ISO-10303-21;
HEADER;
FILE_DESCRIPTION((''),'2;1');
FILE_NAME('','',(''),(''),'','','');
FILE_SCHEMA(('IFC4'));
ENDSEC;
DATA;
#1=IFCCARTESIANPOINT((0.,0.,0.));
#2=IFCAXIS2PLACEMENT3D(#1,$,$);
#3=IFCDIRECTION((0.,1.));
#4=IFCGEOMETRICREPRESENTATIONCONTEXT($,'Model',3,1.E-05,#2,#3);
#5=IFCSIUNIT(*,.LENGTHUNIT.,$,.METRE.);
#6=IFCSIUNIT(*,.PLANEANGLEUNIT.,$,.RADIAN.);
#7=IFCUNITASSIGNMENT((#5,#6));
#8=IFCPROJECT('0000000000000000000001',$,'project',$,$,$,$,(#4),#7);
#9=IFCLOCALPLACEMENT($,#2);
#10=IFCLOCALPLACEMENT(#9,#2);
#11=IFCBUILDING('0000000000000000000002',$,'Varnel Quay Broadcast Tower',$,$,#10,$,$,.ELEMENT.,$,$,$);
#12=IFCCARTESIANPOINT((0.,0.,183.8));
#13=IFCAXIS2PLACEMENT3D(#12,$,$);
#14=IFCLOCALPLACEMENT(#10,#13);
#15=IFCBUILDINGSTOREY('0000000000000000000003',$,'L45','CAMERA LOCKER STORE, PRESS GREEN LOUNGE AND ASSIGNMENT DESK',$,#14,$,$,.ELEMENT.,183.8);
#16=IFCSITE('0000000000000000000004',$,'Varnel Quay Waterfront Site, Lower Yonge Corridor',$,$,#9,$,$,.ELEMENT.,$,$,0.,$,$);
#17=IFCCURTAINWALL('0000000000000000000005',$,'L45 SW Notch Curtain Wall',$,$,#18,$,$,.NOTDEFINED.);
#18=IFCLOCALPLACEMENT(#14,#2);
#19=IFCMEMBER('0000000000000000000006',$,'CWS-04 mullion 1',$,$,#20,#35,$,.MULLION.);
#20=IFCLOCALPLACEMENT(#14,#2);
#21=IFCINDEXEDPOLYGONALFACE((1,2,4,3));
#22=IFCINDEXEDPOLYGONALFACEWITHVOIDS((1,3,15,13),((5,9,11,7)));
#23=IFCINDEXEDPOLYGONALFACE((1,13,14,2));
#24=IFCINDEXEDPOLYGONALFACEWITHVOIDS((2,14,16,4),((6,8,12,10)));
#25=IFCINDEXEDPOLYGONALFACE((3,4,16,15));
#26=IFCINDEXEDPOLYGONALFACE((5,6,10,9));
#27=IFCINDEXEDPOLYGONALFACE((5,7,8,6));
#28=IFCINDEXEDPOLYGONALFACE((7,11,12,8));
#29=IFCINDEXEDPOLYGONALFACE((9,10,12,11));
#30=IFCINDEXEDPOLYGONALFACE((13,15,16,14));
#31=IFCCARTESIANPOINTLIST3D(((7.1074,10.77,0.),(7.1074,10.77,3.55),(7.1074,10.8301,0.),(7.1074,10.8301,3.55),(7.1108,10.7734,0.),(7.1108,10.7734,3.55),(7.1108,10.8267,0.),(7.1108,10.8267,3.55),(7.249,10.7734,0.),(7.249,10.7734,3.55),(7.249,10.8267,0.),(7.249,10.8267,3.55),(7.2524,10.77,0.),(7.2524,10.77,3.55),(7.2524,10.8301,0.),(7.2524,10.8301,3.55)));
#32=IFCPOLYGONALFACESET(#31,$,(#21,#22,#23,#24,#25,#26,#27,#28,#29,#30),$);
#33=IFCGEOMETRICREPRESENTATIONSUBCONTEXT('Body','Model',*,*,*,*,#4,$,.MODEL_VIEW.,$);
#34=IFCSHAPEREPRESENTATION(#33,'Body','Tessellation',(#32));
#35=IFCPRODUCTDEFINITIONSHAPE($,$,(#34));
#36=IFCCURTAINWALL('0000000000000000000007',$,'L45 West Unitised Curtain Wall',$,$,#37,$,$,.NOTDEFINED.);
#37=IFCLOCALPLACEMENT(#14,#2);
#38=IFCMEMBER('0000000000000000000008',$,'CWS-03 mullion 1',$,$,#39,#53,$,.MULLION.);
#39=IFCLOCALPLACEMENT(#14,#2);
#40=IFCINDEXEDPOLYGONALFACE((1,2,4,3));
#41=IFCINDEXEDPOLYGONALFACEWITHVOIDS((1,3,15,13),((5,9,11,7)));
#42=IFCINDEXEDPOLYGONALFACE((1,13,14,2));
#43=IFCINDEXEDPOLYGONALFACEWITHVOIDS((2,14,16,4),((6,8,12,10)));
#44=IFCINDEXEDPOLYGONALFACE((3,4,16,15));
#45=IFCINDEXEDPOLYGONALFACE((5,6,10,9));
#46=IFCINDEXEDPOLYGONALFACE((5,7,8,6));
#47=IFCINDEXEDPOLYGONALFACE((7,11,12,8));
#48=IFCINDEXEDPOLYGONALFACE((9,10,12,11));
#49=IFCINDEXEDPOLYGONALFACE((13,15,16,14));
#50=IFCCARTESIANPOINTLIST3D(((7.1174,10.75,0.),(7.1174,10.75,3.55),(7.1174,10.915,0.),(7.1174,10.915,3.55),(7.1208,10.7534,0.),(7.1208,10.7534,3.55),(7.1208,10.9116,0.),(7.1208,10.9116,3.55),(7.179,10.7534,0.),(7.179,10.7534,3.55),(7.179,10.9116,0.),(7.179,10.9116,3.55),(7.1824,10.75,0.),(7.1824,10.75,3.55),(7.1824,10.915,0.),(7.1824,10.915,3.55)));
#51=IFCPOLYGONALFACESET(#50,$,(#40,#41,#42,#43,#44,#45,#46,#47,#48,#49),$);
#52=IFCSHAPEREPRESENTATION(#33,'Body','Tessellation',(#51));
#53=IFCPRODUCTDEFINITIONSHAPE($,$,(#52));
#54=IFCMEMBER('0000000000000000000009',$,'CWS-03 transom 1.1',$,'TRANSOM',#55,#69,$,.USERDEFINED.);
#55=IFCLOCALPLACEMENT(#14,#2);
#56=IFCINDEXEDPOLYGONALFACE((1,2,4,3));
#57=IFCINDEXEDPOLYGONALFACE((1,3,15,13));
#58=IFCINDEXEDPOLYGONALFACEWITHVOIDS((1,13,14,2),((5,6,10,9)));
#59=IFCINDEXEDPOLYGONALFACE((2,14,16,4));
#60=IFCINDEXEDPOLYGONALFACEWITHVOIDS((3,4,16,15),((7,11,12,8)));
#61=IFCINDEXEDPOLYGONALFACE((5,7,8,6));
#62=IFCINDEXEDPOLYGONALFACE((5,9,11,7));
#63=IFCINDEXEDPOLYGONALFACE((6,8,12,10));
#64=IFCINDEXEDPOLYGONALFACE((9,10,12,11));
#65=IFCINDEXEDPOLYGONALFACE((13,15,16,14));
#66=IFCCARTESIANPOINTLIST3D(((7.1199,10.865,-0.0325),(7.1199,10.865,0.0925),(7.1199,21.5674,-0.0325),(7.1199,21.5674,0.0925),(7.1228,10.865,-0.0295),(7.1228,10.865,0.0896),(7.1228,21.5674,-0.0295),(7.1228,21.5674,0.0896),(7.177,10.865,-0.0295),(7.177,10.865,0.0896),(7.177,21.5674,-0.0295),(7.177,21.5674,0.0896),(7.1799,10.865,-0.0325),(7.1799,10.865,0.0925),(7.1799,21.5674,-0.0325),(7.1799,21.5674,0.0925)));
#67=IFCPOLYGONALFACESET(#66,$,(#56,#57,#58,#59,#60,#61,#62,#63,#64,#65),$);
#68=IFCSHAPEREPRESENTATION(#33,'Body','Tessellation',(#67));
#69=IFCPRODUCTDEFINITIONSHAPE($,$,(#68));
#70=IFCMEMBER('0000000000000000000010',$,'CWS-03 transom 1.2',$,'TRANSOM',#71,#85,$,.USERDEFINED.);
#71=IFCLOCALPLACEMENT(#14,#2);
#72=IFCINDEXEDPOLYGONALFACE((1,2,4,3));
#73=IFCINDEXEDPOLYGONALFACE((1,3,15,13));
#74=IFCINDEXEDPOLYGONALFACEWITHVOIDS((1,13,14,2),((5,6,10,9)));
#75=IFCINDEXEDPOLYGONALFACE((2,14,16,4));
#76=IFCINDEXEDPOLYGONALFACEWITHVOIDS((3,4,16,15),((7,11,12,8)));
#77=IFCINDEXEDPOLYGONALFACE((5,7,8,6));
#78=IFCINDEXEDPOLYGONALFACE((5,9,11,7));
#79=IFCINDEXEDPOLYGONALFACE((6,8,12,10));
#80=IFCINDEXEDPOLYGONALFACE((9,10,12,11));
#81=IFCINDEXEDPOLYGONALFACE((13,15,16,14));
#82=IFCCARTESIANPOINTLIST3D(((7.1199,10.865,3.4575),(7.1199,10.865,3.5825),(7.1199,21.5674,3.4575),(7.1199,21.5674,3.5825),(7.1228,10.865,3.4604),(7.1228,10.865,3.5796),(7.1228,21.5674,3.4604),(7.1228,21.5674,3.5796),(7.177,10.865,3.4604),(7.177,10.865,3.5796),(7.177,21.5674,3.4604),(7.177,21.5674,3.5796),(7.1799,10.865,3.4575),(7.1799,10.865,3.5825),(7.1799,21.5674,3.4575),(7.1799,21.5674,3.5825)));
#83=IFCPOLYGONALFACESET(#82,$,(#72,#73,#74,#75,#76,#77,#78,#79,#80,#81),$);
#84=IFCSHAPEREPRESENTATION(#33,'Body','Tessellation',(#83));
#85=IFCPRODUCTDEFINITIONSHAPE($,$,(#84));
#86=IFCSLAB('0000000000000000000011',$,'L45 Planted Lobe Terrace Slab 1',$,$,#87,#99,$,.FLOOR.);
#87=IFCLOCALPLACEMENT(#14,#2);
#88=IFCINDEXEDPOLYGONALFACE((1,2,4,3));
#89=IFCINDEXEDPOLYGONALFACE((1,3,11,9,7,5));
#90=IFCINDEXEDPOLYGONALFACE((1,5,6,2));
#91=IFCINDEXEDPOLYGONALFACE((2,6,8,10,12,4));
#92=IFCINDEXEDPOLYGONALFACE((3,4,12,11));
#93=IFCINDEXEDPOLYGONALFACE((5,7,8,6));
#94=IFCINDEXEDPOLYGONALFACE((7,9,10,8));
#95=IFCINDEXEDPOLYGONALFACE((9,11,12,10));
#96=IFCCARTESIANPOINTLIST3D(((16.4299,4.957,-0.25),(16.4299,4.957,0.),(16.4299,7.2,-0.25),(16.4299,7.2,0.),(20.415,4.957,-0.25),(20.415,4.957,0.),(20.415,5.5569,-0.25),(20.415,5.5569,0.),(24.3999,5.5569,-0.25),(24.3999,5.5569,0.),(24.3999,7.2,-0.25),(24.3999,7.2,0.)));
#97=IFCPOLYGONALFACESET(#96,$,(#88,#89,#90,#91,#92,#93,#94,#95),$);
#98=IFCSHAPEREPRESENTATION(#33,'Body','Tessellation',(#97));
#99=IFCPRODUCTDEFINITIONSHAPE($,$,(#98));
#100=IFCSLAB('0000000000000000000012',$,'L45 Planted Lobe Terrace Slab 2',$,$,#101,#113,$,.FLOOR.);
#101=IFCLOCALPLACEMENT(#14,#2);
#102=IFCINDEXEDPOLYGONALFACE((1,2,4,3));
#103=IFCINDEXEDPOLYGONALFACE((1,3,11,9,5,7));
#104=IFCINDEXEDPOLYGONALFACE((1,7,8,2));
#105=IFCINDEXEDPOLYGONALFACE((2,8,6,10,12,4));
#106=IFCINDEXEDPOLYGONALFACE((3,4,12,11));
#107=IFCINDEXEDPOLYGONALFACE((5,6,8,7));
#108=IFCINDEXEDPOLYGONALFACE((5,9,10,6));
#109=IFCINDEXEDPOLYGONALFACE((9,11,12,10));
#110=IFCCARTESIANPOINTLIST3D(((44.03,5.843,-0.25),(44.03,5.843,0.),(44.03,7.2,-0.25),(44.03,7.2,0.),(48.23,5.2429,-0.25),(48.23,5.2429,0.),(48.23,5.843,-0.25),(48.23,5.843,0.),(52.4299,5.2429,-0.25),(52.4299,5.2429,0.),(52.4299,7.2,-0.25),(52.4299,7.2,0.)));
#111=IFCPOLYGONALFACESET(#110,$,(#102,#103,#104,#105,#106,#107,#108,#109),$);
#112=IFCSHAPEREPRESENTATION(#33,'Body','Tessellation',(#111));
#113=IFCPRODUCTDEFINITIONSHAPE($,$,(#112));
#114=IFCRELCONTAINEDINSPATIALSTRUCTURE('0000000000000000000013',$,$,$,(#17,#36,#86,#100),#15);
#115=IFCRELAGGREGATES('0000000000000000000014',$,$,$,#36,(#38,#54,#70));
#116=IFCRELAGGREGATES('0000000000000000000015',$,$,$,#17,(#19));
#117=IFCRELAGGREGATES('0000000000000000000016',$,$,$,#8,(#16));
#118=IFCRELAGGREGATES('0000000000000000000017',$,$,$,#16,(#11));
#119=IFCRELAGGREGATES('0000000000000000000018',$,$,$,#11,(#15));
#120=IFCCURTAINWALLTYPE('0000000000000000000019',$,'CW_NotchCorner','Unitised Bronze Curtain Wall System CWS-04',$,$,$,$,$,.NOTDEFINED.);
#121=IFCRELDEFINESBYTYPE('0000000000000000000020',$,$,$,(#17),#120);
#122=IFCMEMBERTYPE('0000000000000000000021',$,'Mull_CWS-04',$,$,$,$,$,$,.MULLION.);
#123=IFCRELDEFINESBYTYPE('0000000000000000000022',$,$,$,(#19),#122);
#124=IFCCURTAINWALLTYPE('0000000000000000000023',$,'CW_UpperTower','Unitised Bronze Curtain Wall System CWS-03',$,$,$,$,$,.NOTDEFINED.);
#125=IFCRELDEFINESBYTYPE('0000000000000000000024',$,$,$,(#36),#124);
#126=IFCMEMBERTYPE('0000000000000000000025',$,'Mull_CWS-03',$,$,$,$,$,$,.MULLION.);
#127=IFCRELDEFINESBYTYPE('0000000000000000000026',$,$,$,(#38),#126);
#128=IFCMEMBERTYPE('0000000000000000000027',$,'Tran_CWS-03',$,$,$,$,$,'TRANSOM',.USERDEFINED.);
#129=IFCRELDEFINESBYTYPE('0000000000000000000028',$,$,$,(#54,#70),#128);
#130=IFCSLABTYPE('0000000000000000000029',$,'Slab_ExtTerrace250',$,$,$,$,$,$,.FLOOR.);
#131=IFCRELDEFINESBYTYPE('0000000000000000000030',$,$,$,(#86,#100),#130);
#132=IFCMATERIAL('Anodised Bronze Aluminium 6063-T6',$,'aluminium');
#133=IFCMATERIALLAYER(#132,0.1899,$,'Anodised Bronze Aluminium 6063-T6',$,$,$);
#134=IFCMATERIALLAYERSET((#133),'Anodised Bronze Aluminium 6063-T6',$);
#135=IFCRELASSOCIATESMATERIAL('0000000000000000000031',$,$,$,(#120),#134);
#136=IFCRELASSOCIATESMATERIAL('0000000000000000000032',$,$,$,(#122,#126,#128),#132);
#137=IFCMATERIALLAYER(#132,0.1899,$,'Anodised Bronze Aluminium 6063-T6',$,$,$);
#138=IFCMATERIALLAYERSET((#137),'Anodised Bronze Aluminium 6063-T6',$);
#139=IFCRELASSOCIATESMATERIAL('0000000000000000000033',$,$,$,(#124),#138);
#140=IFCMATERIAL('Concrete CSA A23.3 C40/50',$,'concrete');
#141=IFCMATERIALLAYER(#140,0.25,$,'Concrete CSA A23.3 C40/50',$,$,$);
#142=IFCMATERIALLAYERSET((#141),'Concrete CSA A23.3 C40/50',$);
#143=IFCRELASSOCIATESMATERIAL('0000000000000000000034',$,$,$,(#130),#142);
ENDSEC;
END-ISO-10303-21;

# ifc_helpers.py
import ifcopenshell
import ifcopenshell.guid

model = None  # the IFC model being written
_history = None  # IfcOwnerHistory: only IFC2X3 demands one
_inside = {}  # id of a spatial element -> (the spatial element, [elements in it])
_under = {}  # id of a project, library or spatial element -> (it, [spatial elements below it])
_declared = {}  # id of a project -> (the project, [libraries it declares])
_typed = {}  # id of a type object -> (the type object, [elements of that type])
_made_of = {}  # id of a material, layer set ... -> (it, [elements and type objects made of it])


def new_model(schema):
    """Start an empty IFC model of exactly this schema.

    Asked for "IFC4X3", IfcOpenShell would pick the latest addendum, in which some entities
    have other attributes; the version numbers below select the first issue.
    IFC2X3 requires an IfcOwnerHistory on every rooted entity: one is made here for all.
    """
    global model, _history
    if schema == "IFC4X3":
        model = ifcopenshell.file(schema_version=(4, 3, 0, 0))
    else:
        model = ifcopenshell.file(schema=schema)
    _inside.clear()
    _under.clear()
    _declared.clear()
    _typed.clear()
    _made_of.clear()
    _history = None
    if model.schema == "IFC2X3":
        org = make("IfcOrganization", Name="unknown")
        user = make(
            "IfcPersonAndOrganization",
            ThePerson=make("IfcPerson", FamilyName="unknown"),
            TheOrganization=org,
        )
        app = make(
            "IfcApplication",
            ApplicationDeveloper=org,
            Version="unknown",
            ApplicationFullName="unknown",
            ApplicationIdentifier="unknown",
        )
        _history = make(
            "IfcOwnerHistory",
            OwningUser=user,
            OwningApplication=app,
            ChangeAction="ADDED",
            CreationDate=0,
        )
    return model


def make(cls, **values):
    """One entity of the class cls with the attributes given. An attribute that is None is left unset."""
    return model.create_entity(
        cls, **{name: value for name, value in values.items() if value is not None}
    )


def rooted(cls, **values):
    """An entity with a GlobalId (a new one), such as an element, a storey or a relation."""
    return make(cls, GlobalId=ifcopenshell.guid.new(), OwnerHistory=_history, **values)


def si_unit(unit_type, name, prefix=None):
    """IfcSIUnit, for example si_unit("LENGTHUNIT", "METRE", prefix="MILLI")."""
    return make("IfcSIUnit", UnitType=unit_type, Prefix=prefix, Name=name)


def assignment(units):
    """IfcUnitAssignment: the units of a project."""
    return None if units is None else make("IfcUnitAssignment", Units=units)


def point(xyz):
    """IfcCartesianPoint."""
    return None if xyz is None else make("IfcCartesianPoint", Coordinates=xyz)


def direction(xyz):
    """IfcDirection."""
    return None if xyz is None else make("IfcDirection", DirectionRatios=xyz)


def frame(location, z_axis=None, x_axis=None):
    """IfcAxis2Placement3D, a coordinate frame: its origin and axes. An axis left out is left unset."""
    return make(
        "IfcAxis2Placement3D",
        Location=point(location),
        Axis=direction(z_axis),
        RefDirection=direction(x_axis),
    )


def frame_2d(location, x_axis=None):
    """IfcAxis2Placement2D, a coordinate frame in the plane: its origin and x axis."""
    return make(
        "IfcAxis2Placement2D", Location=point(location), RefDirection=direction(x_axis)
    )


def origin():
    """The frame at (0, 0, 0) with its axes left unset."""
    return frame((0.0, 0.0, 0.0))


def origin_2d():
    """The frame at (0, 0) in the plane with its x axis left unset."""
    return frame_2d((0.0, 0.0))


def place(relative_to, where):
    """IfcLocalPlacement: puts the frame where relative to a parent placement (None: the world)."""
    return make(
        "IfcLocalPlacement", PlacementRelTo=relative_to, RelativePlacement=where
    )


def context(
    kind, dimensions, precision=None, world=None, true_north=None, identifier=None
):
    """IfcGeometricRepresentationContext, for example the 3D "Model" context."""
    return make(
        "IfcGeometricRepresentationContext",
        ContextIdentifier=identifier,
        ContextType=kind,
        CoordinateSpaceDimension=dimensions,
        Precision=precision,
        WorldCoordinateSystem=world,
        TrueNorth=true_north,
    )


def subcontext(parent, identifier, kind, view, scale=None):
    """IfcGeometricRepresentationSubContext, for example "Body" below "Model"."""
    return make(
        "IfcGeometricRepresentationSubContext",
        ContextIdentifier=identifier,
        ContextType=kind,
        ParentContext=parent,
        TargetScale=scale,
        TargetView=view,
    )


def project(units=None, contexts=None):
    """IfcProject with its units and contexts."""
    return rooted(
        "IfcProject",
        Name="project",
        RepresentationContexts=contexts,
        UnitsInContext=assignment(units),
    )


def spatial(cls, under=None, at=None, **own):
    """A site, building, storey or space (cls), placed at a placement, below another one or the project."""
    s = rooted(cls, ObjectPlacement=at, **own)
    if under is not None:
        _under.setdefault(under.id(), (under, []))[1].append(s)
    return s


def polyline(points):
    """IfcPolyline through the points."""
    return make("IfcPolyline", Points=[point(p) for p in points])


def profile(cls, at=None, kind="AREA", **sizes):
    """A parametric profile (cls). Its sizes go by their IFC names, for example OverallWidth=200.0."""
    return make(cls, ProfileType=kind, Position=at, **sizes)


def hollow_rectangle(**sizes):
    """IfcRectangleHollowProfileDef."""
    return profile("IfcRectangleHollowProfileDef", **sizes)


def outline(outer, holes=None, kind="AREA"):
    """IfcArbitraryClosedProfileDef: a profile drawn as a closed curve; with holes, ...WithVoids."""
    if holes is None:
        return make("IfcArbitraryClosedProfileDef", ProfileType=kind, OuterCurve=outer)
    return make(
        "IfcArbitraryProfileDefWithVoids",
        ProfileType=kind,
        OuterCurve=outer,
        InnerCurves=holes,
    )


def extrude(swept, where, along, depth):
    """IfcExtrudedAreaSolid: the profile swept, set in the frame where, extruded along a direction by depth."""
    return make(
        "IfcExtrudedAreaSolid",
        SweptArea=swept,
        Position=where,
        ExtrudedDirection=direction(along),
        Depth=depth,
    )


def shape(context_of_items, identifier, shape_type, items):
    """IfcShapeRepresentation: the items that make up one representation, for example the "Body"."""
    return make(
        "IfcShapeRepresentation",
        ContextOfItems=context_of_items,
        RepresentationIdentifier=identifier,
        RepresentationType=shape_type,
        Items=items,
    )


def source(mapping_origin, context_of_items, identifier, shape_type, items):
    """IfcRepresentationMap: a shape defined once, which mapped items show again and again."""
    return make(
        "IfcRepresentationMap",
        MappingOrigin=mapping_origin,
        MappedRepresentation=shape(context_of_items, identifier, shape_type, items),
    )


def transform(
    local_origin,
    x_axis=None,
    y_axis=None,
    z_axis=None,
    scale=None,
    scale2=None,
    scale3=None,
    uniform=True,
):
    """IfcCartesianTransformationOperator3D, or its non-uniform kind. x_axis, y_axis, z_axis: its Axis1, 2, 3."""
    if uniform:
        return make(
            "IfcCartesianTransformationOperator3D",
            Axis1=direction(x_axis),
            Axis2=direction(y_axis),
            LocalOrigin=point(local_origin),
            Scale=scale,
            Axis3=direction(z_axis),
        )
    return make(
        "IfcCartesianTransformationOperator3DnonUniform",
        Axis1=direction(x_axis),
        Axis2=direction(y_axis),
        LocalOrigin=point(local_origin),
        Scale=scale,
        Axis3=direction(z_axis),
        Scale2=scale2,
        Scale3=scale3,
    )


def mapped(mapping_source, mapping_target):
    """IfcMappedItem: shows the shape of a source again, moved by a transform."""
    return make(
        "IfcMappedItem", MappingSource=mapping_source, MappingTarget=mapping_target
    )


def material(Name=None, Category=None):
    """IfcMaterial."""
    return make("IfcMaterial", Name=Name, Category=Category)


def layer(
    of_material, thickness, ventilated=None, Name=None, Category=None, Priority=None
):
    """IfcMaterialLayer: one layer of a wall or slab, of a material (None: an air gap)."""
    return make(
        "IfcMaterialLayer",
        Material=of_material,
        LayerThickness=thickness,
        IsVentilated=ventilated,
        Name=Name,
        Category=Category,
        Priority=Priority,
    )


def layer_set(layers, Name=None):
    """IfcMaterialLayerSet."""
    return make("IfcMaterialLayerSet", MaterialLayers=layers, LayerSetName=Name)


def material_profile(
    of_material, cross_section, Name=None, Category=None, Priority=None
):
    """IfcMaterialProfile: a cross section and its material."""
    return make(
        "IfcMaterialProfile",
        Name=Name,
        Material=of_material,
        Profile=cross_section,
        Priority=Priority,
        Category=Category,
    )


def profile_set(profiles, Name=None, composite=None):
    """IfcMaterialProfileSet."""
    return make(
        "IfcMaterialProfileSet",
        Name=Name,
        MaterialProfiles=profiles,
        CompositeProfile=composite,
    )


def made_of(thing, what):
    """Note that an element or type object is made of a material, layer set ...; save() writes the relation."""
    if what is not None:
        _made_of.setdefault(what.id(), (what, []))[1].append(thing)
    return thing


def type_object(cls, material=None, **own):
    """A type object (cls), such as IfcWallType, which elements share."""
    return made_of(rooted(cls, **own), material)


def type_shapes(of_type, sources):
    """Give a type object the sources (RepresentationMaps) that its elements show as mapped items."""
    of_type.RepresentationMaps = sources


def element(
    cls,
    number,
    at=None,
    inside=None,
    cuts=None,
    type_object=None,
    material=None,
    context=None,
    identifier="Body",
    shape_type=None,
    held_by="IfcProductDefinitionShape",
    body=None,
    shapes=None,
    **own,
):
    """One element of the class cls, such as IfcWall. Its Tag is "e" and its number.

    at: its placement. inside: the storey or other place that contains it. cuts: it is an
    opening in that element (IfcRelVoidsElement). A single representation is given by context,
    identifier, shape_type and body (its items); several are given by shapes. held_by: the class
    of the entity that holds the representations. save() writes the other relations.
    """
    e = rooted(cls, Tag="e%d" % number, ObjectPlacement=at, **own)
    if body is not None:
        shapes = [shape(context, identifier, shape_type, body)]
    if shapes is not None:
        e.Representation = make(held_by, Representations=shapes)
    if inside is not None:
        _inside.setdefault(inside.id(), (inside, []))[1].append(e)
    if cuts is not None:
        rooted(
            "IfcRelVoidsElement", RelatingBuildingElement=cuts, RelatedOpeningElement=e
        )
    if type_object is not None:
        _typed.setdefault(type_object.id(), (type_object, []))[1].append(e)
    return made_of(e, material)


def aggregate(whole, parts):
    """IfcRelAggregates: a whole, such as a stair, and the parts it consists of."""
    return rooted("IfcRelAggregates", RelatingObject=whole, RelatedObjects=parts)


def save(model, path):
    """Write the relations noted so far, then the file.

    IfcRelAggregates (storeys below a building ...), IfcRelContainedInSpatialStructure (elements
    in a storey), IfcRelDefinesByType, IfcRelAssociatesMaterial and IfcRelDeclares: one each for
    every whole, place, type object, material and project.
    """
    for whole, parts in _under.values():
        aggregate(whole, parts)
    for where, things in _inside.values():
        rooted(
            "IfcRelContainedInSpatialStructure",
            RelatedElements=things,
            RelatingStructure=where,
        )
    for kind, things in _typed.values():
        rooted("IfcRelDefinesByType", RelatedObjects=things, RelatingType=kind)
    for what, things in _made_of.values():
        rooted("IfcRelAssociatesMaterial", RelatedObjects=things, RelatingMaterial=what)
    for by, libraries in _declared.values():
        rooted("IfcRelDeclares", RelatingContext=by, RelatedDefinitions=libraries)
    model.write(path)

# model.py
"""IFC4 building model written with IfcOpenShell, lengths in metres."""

from ifc_helpers import new_model, si_unit, direction, frame, origin, origin_2d, place, context, subcontext, project, spatial, polyline, hollow_rectangle, outline, extrude, source, transform, mapped, material, layer, layer_set, material_profile, profile_set, type_object, type_shapes, element, aggregate, save


model = new_model("IFC4")

# Units and contexts
model_context = context("Model", 3, precision=1e-05, world=origin(), true_north=direction((0.0, 1.0)))
body_context = subcontext(model_context, "Body", "Model", "MODEL_VIEW")
ifc_project = project(units=[si_unit("LENGTHUNIT", "METRE"), si_unit("PLANEANGLEUNIT", "RADIAN")], contexts=[model_context])

# Site, building, storey
site_placement = place(None, origin())
site = spatial("IfcSite", under=ifc_project, at=site_placement, Name="Varnel Quay Waterfront Site, Lower Yonge Corridor", CompositionType="ELEMENT", RefElevation=0.0)
building_placement = place(site_placement, origin())
building = spatial("IfcBuilding", under=site, at=building_placement, Name="Varnel Quay Broadcast Tower", CompositionType="ELEMENT")
storey_placement = place(building_placement, frame((0.0, 0.0, 183.8)))
storey = spatial("IfcBuildingStorey", under=building, at=storey_placement, Name="L45", Description="CAMERA LOCKER STORE, PRESS GREEN LOUNGE AND ASSIGNMENT DESK", CompositionType="ELEMENT", Elevation=183.8)

# Curtain walls, members
ifc_material_1 = material(Name="Anodised Bronze Aluminium 6063-T6", Category="aluminium")
ifc_layer_1 = layer(ifc_material_1, 0.1899, Name="Anodised Bronze Aluminium 6063-T6")
ifc_layer_set_1 = layer_set([ifc_layer_1], Name="Anodised Bronze Aluminium 6063-T6")
curtain_wall_type_1 = type_object("IfcCurtainWallType", Name="CW_NotchCorner", Description="Unitised Bronze Curtain Wall System CWS-04", PredefinedType="NOTDEFINED", material=ifc_layer_set_1)
curtain_wall_1_placement = place(storey_placement, origin())
curtain_wall_1 = element("IfcCurtainWall", 1, at=curtain_wall_1_placement, inside=storey, type_object=curtain_wall_type_1, Name="L45 SW Notch Curtain Wall", PredefinedType="NOTDEFINED")
ifc_material_profile_1 = material_profile(ifc_material_1, hollow_rectangle(XDim=0.0601, YDim=0.145, WallThickness=0.0034, at=origin_2d()), Name="ALU60X145X3.5")
ifc_profile_set_1 = profile_set([ifc_material_profile_1], Name="Anodised Bronze Aluminium 6063-T6")
member_type_1 = type_object("IfcMemberType", Name="Mull_CWS-04", PredefinedType="MULLION", material=ifc_profile_set_1)
shared_shape_1 = source(origin(), body_context, "Body", "SweptSolid", [
    extrude(hollow_rectangle(XDim=0.0601, YDim=0.145, WallThickness=0.0034, at=origin_2d()), origin(), (0.0, 0.0, 1.0), 3.55),
])
type_shapes(member_type_1, [shared_shape_1])
member_1_placement = place(storey_placement, frame((7.1799, 10.8, 0.0), z_axis=(0.0, 0.0, 1.0), x_axis=(0.0, 1.0, 0.0)))
member_1 = element("IfcMember", 2, at=member_1_placement, type_object=member_type_1, Name="CWS-04 mullion 1", PredefinedType="MULLION", context=body_context, shape_type="MappedRepresentation", body=[
    mapped(shared_shape_1, transform((0.0, 0.0, 0.0), x_axis=(1.0, 0.0, 0.0), y_axis=(0.0, 1.0, 0.0), z_axis=(0.0, 0.0, 1.0), scale=1.0)),
])
ifc_layer_2 = layer(ifc_material_1, 0.1899, Name="Anodised Bronze Aluminium 6063-T6")
ifc_layer_set_2 = layer_set([ifc_layer_2], Name="Anodised Bronze Aluminium 6063-T6")
curtain_wall_type_2 = type_object("IfcCurtainWallType", Name="CW_UpperTower", Description="Unitised Bronze Curtain Wall System CWS-03", PredefinedType="NOTDEFINED", material=ifc_layer_set_2)
curtain_wall_2_placement = place(storey_placement, origin())
curtain_wall_2 = element("IfcCurtainWall", 3, at=curtain_wall_2_placement, inside=storey, type_object=curtain_wall_type_2, Name="L45 West Unitised Curtain Wall", PredefinedType="NOTDEFINED")
ifc_material_profile_2 = material_profile(ifc_material_1, hollow_rectangle(XDim=0.0649, YDim=0.165, WallThickness=0.0034, at=origin_2d()), Name="ALU65X165X3.5")
ifc_profile_set_2 = profile_set([ifc_material_profile_2], Name="Anodised Bronze Aluminium 6063-T6")
member_type_2 = type_object("IfcMemberType", Name="Mull_CWS-03", PredefinedType="MULLION", material=ifc_profile_set_2)
shared_shape_2 = source(origin(), body_context, "Body", "SweptSolid", [
    extrude(hollow_rectangle(XDim=0.0649, YDim=0.165, WallThickness=0.0034, at=origin_2d()), origin(), (0.0, 0.0, 1.0), 3.55),
])
type_shapes(member_type_2, [shared_shape_2])
member_2_placement = place(storey_placement, frame((7.1499, 10.8325, 0.0), z_axis=(0.0, 0.0, 1.0), x_axis=(-1.0, 0.0, 0.0)))
member_2 = element("IfcMember", 4, at=member_2_placement, type_object=member_type_2, Name="CWS-03 mullion 1", PredefinedType="MULLION", context=body_context, shape_type="MappedRepresentation", body=[
    mapped(shared_shape_2, transform((0.0, 0.0, 0.0), x_axis=(1.0, 0.0, 0.0), y_axis=(0.0, 1.0, 0.0), z_axis=(0.0, 0.0, 1.0), scale=1.0)),
])
ifc_material_profile_3 = material_profile(ifc_material_1, hollow_rectangle(XDim=0.0601, YDim=0.125, WallThickness=0.0029, at=origin_2d()), Name="ALU60X125X3")
ifc_profile_set_3 = profile_set([ifc_material_profile_3], Name="Anodised Bronze Aluminium 6063-T6")
member_type_3 = type_object("IfcMemberType", Name="Tran_CWS-03", ElementType="TRANSOM", PredefinedType="USERDEFINED", material=ifc_profile_set_3)
shared_shape_3 = source(origin(), body_context, "Body", "SweptSolid", [
    extrude(hollow_rectangle(XDim=0.0601, YDim=0.125, WallThickness=0.0029, at=origin_2d()), origin(), (0.0, 0.0, 1.0), 10.7024),
])
type_shapes(member_type_3, [shared_shape_3])
member_3_placement = place(storey_placement, frame((7.1499, 10.865, 0.03), z_axis=(0.0, 1.0, 0.0), x_axis=(-1.0, 0.0, 0.0)))
member_3 = element("IfcMember", 5, at=member_3_placement, type_object=member_type_3, Name="CWS-03 transom 1.1", ObjectType="TRANSOM", PredefinedType="USERDEFINED", context=body_context, shape_type="MappedRepresentation", body=[
    mapped(shared_shape_3, transform((0.0, 0.0, 0.0), x_axis=(1.0, 0.0, 0.0), y_axis=(0.0, 1.0, 0.0), z_axis=(0.0, 0.0, 1.0), scale=1.0)),
])
member_4_placement = place(storey_placement, frame((7.1499, 10.865, 3.52), z_axis=(0.0, 1.0, 0.0), x_axis=(-1.0, 0.0, 0.0)))
member_4 = element("IfcMember", 6, at=member_4_placement, type_object=member_type_3, Name="CWS-03 transom 1.2", ObjectType="TRANSOM", PredefinedType="USERDEFINED", context=body_context, shape_type="MappedRepresentation", body=[
    mapped(shared_shape_3, transform((0.0, 0.0, 0.0), x_axis=(1.0, 0.0, 0.0), y_axis=(0.0, 1.0, 0.0), z_axis=(0.0, 0.0, 1.0), scale=1.0)),
])
aggregate(curtain_wall_2, [member_2, member_3, member_4])

# Slabs
ifc_material_2 = material(Name="Concrete CSA A23.3 C40/50", Category="concrete")
ifc_layer_3 = layer(ifc_material_2, 0.25, Name="Concrete CSA A23.3 C40/50")
ifc_layer_set_3 = layer_set([ifc_layer_3], Name="Concrete CSA A23.3 C40/50")
slab_type_1 = type_object("IfcSlabType", Name="Slab_ExtTerrace250", PredefinedType="FLOOR", material=ifc_layer_set_3)
slab_1_placement = place(storey_placement, frame((0.0, 0.0, -0.25)))
element("IfcSlab", 7, at=slab_1_placement, inside=storey, type_object=slab_type_1, Name="L45 Planted Lobe Terrace Slab 1", PredefinedType="FLOOR", context=body_context, shape_type="SweptSolid", body=[
    extrude(outline(polyline([(16.4299, 4.957), (20.415, 4.957), (20.415, 5.5569), (24.3999, 5.5569), (24.3999, 7.2), (16.4299, 7.2), (16.4299, 4.957)])), origin(), (0.0, 0.0, 1.0), 0.25),
])
slab_2_placement = place(storey_placement, frame((0.0, 0.0, -0.25)))
element("IfcSlab", 8, at=slab_2_placement, inside=storey, type_object=slab_type_1, Name="L45 Planted Lobe Terrace Slab 2", PredefinedType="FLOOR", context=body_context, shape_type="SweptSolid", body=[
    extrude(outline(polyline([(44.03, 5.843), (48.23, 5.843), (48.23, 5.2429), (52.4299, 5.2429), (52.4299, 7.2), (44.03, 7.2), (44.03, 5.843)])), origin(), (0.0, 0.0, 1.0), 0.25),
])

aggregate(curtain_wall_1, [member_1])

save(model, "model.ifc")
